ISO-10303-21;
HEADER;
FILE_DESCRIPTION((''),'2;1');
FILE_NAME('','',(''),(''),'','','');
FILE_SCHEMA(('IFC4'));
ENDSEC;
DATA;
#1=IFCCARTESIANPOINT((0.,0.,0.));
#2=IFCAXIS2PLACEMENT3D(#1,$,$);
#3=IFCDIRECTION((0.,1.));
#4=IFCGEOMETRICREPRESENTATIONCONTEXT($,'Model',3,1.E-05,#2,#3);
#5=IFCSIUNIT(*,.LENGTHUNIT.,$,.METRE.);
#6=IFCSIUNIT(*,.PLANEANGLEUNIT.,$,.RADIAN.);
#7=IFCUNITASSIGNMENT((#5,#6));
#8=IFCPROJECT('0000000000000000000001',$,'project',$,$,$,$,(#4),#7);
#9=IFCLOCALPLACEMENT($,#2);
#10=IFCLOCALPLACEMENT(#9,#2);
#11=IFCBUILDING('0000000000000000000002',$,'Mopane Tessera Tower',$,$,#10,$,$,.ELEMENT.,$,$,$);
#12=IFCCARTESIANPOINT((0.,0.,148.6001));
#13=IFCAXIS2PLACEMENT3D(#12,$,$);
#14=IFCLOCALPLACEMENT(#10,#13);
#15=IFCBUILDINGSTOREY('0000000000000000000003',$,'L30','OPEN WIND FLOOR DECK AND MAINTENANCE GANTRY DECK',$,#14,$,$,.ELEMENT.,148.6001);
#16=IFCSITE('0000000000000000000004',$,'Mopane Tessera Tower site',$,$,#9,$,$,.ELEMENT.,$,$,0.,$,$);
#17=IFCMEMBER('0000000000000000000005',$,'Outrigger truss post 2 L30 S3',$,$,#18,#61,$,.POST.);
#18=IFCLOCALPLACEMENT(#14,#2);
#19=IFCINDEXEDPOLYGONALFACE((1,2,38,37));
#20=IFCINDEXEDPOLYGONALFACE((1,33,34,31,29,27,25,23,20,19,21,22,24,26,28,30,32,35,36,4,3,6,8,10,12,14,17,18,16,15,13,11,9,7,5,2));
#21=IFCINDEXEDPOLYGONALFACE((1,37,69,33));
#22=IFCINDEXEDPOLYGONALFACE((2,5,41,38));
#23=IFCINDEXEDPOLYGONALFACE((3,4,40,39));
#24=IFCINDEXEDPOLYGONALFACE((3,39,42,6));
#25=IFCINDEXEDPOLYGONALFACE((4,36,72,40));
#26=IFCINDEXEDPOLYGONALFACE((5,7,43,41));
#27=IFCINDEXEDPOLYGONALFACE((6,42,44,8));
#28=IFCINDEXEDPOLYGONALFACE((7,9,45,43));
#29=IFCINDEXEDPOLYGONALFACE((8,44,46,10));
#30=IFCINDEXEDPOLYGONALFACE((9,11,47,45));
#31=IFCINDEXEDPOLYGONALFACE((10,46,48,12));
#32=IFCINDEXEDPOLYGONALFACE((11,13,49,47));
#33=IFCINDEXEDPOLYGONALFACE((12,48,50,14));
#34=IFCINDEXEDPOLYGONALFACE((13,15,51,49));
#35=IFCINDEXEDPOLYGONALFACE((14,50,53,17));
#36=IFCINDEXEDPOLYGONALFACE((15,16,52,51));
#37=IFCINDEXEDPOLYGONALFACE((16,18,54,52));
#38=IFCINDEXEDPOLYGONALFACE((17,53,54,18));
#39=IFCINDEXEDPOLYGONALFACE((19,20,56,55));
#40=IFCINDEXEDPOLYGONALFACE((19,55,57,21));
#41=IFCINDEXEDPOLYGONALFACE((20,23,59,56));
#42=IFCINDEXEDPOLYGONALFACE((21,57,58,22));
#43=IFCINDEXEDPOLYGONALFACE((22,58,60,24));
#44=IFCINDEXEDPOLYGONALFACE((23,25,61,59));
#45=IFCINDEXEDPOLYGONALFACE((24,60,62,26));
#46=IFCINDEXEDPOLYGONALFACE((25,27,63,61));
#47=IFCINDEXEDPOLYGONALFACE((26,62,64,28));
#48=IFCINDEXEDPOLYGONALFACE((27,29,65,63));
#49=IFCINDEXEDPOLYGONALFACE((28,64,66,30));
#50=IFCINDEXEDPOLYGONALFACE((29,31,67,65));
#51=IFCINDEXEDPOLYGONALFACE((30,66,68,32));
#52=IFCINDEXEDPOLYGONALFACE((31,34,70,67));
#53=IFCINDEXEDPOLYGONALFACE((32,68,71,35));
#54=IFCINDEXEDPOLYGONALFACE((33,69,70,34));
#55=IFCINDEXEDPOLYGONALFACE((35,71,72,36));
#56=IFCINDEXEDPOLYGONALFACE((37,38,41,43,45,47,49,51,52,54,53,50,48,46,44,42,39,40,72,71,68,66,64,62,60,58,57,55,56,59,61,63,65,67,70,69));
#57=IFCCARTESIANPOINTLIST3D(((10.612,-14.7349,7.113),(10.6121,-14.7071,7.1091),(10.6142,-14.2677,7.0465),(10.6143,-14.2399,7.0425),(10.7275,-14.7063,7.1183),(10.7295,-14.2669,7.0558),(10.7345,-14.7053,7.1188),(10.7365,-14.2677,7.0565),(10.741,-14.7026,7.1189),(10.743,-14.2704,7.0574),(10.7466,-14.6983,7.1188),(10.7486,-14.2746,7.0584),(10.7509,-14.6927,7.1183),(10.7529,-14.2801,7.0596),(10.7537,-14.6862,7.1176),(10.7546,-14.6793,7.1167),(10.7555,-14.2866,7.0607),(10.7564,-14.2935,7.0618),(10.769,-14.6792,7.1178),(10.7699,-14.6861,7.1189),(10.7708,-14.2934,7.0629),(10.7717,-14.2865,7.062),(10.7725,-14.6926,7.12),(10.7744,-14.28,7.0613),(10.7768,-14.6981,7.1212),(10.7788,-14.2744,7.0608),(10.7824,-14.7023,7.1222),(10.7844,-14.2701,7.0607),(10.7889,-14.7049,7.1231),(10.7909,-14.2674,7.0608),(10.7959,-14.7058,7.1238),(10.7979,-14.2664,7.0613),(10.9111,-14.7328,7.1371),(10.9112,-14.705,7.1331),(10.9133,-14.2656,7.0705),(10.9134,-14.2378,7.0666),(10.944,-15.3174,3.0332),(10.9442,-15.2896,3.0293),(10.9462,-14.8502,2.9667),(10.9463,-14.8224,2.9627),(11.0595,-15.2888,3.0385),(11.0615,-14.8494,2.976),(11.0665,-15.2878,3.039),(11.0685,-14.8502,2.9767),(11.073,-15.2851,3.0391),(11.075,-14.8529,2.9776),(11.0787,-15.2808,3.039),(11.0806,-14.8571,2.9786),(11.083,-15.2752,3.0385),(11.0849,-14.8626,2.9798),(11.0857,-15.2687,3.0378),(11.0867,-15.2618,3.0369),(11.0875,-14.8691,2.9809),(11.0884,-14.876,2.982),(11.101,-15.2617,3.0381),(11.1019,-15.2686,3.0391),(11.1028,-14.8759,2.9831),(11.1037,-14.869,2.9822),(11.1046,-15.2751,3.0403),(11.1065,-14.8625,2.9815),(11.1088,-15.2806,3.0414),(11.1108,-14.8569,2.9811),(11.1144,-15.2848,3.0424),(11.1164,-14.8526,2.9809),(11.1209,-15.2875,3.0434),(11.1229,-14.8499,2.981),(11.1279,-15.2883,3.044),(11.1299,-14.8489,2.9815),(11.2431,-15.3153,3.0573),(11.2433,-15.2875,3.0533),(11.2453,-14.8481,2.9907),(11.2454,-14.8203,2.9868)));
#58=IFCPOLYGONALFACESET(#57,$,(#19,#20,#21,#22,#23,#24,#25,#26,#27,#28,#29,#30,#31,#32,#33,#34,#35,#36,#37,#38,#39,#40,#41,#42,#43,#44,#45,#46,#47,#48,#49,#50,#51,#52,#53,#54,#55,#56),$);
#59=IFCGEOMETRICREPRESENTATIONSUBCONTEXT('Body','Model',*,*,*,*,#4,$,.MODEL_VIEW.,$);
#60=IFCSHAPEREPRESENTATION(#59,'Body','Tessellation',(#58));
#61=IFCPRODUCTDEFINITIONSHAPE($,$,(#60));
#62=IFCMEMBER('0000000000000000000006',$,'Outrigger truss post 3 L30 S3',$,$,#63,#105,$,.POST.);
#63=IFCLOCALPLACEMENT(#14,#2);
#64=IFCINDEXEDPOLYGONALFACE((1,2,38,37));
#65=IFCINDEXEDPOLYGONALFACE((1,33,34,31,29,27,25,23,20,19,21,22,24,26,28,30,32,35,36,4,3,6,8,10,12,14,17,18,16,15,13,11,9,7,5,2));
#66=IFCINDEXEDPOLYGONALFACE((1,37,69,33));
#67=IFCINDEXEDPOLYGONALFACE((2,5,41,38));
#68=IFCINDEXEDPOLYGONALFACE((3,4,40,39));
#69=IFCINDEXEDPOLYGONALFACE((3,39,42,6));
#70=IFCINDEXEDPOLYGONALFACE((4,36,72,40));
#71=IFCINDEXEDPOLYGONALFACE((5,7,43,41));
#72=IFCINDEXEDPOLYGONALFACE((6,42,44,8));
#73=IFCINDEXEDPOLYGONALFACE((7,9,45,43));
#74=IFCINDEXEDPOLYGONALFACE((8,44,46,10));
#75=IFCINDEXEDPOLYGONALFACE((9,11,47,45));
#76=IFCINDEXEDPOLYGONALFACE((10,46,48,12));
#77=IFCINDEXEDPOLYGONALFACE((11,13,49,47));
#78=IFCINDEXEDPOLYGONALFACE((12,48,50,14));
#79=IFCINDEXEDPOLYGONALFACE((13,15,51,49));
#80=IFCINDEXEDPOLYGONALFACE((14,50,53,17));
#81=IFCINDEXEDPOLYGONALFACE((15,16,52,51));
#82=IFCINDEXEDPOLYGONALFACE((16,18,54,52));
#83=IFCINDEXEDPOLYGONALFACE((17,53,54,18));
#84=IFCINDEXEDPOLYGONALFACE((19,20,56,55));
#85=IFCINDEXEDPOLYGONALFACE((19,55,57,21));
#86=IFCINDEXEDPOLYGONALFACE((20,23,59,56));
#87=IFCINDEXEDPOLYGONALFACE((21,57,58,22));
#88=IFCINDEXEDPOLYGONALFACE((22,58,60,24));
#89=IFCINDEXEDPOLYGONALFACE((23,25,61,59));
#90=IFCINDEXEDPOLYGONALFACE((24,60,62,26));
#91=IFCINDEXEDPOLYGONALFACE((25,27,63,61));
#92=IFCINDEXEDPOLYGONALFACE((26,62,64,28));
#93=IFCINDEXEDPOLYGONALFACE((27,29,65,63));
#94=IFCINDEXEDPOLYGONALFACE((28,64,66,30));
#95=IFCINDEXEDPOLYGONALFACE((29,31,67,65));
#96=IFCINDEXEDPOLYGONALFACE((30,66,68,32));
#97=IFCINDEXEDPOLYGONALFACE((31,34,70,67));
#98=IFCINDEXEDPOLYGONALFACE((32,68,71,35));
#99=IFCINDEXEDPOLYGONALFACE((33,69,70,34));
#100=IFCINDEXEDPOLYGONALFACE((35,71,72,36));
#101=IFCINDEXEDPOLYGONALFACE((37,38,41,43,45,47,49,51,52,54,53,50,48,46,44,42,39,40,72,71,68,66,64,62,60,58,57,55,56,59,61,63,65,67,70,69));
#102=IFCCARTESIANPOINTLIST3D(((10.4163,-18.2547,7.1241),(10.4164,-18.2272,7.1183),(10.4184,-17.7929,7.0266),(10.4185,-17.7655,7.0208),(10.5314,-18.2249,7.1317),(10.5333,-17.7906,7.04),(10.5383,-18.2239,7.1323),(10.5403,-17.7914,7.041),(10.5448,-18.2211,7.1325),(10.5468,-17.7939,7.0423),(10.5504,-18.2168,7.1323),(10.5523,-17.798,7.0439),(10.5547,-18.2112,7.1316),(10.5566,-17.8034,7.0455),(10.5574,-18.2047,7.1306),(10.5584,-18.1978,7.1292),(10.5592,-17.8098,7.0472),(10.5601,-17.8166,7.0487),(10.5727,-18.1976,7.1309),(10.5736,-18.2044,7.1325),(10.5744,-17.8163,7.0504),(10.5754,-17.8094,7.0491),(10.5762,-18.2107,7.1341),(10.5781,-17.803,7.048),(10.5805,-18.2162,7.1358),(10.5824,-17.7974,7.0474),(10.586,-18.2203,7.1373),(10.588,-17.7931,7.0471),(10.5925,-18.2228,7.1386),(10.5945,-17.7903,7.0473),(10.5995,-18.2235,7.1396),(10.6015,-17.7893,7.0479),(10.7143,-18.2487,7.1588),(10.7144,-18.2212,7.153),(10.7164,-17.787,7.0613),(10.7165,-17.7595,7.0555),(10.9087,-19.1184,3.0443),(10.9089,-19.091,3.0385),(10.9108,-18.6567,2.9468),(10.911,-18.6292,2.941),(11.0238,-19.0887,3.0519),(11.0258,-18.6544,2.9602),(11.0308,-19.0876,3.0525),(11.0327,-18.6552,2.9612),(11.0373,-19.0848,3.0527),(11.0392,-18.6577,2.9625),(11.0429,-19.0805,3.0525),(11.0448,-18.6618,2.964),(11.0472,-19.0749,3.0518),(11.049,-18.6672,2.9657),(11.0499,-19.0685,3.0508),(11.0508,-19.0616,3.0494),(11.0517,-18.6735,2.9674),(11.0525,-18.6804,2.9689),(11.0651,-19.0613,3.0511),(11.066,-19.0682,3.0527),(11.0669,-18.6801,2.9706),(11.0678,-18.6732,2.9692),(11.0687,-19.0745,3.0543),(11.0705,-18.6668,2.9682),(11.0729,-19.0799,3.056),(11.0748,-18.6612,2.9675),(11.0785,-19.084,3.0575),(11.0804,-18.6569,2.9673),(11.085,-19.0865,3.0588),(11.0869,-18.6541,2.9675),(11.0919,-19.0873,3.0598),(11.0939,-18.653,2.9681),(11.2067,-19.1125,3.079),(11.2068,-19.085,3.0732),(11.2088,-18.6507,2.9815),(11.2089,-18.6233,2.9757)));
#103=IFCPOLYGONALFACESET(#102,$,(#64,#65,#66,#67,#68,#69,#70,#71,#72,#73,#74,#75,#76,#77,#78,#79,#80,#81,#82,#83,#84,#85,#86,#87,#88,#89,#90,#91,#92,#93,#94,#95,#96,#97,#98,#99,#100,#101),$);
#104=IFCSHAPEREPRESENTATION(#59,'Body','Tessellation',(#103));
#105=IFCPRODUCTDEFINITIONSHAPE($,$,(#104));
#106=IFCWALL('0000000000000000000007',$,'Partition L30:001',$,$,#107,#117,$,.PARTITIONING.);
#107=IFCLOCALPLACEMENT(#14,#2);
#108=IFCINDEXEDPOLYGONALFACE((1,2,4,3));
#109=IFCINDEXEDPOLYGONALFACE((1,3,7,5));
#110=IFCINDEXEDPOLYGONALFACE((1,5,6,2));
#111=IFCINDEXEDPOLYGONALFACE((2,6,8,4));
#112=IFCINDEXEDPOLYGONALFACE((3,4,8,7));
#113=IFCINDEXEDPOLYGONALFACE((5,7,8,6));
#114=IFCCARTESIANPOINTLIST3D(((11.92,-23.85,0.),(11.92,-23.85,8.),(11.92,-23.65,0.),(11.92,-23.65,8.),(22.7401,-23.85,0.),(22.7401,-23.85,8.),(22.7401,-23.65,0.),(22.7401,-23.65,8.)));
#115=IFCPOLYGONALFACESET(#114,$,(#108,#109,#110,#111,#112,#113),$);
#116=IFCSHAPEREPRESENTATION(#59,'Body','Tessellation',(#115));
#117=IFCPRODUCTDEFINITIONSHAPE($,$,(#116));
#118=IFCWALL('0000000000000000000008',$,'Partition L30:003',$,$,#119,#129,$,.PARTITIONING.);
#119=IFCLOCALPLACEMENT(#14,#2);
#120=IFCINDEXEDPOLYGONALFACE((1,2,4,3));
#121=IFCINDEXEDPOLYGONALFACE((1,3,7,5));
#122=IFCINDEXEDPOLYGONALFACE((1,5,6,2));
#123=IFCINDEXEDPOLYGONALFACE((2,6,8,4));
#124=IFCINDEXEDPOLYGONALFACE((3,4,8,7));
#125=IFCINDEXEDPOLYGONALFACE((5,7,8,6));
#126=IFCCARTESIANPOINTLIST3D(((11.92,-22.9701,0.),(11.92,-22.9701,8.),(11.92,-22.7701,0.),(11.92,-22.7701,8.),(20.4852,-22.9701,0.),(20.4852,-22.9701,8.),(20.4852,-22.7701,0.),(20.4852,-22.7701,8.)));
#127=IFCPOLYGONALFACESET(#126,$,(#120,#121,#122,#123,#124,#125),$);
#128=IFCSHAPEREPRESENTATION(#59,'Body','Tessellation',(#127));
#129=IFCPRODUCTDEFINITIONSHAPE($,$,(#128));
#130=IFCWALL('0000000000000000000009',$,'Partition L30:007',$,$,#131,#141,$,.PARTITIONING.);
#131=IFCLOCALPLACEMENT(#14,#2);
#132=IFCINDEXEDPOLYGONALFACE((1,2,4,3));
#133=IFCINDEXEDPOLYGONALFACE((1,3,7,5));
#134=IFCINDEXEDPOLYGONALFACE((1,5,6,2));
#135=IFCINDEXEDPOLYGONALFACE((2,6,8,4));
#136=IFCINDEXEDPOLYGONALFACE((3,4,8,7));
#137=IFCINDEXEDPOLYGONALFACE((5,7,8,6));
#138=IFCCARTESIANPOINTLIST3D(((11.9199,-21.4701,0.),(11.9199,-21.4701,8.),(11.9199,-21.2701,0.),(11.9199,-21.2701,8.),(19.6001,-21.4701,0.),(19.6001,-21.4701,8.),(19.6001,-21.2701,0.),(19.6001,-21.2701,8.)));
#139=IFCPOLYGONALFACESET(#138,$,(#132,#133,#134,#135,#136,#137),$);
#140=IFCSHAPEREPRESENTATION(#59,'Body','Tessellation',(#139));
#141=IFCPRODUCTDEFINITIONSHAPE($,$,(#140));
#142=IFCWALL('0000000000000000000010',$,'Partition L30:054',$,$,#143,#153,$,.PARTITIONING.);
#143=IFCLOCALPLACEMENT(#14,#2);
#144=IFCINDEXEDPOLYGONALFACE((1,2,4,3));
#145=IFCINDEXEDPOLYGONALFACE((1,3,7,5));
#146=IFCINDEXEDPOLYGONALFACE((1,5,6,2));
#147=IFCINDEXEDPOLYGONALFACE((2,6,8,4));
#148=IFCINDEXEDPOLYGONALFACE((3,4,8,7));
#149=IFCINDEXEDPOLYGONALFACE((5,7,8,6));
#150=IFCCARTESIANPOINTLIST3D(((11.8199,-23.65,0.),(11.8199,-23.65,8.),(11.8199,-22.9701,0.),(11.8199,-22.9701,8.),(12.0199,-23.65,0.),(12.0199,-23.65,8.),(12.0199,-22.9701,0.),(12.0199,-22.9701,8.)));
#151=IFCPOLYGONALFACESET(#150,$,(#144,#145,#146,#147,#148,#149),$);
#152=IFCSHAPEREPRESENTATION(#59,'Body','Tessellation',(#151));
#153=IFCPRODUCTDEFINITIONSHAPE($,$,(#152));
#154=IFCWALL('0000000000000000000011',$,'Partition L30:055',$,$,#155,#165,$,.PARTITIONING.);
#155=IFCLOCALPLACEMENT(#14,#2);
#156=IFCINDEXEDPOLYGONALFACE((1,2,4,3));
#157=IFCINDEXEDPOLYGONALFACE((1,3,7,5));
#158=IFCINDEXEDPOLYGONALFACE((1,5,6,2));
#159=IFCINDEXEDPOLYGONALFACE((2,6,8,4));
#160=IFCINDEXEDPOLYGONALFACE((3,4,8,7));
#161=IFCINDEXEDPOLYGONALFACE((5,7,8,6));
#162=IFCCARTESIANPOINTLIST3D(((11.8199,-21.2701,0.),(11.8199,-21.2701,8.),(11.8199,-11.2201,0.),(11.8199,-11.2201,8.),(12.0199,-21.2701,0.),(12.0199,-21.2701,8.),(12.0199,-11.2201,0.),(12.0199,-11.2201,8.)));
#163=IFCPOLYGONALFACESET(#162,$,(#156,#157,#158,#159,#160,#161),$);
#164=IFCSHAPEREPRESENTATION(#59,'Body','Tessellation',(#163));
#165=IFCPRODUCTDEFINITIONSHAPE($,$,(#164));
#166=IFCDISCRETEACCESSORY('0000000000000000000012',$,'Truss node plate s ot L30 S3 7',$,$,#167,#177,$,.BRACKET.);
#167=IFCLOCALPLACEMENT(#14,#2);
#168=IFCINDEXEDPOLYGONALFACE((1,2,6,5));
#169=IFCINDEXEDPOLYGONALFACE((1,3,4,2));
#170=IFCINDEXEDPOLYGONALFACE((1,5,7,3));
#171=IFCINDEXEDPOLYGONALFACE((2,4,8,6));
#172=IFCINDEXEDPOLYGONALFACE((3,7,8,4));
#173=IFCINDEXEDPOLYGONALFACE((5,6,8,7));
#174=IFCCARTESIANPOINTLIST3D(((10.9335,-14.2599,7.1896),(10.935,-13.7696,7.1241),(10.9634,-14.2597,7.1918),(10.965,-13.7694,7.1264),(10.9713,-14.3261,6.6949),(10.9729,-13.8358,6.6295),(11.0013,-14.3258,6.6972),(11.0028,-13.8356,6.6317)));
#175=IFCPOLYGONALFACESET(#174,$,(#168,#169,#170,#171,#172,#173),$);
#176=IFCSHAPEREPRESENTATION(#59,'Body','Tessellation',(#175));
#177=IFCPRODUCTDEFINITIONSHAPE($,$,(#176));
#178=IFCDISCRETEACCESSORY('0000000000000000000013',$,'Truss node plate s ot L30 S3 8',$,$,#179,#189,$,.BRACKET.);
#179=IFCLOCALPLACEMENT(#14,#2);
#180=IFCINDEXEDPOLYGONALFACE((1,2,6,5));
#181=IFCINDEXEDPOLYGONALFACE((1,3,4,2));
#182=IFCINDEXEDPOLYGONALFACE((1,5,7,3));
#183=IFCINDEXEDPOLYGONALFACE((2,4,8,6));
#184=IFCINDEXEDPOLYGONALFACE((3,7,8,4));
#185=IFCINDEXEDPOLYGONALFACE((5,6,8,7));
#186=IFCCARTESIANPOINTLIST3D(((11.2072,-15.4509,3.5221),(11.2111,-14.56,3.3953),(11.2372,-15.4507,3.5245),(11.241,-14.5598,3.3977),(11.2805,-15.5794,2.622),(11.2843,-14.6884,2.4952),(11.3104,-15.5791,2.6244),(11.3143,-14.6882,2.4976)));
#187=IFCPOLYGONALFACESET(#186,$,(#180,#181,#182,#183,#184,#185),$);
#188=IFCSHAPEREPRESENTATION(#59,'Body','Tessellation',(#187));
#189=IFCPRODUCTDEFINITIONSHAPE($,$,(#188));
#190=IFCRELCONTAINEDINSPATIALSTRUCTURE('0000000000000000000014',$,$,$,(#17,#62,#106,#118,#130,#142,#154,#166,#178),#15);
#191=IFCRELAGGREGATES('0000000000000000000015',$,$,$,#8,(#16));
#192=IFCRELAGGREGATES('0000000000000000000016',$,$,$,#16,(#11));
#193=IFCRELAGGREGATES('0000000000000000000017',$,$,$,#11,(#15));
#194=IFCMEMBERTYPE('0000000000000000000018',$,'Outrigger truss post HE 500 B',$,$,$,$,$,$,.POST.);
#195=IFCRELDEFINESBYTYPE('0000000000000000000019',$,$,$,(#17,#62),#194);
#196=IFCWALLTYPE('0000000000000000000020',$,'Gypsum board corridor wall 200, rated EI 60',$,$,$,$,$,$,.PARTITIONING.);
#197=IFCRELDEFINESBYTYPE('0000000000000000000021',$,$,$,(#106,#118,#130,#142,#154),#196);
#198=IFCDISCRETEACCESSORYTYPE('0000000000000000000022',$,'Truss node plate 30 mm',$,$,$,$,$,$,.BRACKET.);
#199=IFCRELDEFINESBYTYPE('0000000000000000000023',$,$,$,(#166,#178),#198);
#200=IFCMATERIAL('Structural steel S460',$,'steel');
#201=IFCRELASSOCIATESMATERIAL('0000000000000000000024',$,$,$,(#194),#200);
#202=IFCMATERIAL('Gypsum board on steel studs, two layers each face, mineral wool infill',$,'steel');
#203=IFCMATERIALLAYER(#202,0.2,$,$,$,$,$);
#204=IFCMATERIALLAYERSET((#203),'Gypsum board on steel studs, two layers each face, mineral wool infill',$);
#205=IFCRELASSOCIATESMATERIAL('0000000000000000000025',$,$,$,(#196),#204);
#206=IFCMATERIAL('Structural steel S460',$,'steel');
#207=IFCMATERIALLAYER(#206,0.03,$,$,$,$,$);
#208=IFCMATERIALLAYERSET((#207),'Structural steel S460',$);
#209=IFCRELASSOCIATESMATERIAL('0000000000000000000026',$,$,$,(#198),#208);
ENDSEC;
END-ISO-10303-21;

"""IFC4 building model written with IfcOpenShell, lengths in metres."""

from ifc_helpers import new_model, si_unit, direction, frame, frame_2d, origin, origin_2d, place, context, subcontext, project, spatial, rectangle, i_section, extrude, material, layer, layer_set, material_profile, profile_set, type_object, element, save


model = new_model("IFC4")

# Units and contexts
model_context = context("Model", 3, precision=1e-05, world=origin(), true_north=direction((0.0, 1.0)))
body_context = subcontext(model_context, "Body", "Model", "MODEL_VIEW")
ifc_project = project(units=[si_unit("LENGTHUNIT", "METRE"), si_unit("PLANEANGLEUNIT", "RADIAN")], contexts=[model_context])

# Site, building, storey
site_placement = place(None, origin())
site = spatial("IfcSite", under=ifc_project, at=site_placement, Name="Mopane Tessera Tower site", CompositionType="ELEMENT", RefElevation=0.0)
building_placement = place(site_placement, origin())
building = spatial("IfcBuilding", under=site, at=building_placement, Name="Mopane Tessera Tower", CompositionType="ELEMENT")
storey_placement = place(building_placement, frame((0.0, 0.0, 148.6001)))
storey = spatial("IfcBuildingStorey", under=building, at=storey_placement, Name="L30", Description="OPEN WIND FLOOR DECK AND MAINTENANCE GANTRY DECK", CompositionType="ELEMENT", Elevation=148.6001)

# Members
ifc_material_1 = material(Name="Structural steel S460", Category="steel")
ifc_material_profile_1 = material_profile(ifc_material_1, i_section(OverallWidth=0.3, OverallDepth=0.5, WebThickness=0.0144, FlangeThickness=0.0281, FilletRadius=0.0271, at=origin_2d()))
ifc_profile_set_1 = profile_set([ifc_material_profile_1], Name="Structural steel S460")
member_type_1 = type_object("IfcMemberType", Name="Outrigger truss post HE 500 B", PredefinedType="POST", material=ifc_profile_set_1)
member_1_placement = place(storey_placement, frame((11.0947, -15.0688, 3.01), z_axis=(-0.080306, 0.14089, 0.986763), x_axis=(0.99676, 0.006813, 0.080147)))
element("IfcMember", 1, at=member_1_placement, inside=storey, type_object=member_type_1, Name="Outrigger truss post 2 L30 S3", PredefinedType="POST", context=body_context, shape_type="SweptSolid", body=[
    extrude(i_section(OverallWidth=0.3, OverallDepth=0.5, WebThickness=0.0144, FlangeThickness=0.0281, FilletRadius=0.0271, at=origin_2d()), origin(), (0.0, 0.0, 1.0), 4.1345),
])
member_2_placement = place(storey_placement, frame((11.0588, -18.8708, 3.01), z_axis=(-0.117267, 0.205697, 0.971564), x_axis=(0.993091, 0.019919, 0.115648)))
element("IfcMember", 2, at=member_2_placement, inside=storey, type_object=member_type_1, Name="Outrigger truss post 3 L30 S3", PredefinedType="POST", context=body_context, shape_type="SweptSolid", body=[
    extrude(i_section(OverallWidth=0.3, OverallDepth=0.5, WebThickness=0.0144, FlangeThickness=0.0281, FilletRadius=0.0271, at=origin_2d()), origin(), (0.0, 0.0, 1.0), 4.1992),
])

# Walls
ifc_material_2 = material(Name="Gypsum board on steel studs, two layers each face, mineral wool infill", Category="steel")
ifc_layer_1 = layer(ifc_material_2, 0.2)
ifc_layer_set_1 = layer_set([ifc_layer_1], Name="Gypsum board on steel studs, two layers each face, mineral wool infill")
wall_type = type_object("IfcWallType", Name="Gypsum board corridor wall 200, rated EI 60", PredefinedType="PARTITIONING", material=ifc_layer_set_1)
wall_1_placement = place(storey_placement, frame((11.9199, -23.75, 0.0), z_axis=(0.0, 0.0, 1.0), x_axis=(1.0, 0.0, 0.0)))
element("IfcWall", 3, at=wall_1_placement, inside=storey, type_object=wall_type, Name="Partition L30:001", PredefinedType="PARTITIONING", context=body_context, shape_type="SweptSolid", body=[
    extrude(rectangle(XDim=10.8201, YDim=0.2, at=frame_2d((5.4102, 0.0))), origin(), (0.0, 0.0, 1.0), 8.0),
])
wall_2_placement = place(storey_placement, frame((11.9199, -22.8701, 0.0), z_axis=(0.0, 0.0, 1.0), x_axis=(1.0, 0.0, 0.0)))
element("IfcWall", 4, at=wall_2_placement, inside=storey, type_object=wall_type, Name="Partition L30:003", PredefinedType="PARTITIONING", context=body_context, shape_type="SweptSolid", body=[
    extrude(rectangle(XDim=8.5652, YDim=0.2, at=frame_2d((4.2827, 0.0))), origin(), (0.0, 0.0, 1.0), 8.0),
])
wall_3_placement = place(storey_placement, frame((11.9199, -21.3701, 0.0), z_axis=(0.0, 0.0, 1.0), x_axis=(1.0, 0.0, 0.0)))
element("IfcWall", 5, at=wall_3_placement, inside=storey, type_object=wall_type, Name="Partition L30:007", PredefinedType="PARTITIONING", context=body_context, shape_type="SweptSolid", body=[
    extrude(rectangle(XDim=7.6802, YDim=0.2, at=frame_2d((3.8401, 0.0))), origin(), (0.0, 0.0, 1.0), 8.0),
])
wall_4_placement = place(storey_placement, frame((11.9199, -23.6499, 0.0), z_axis=(0.0, 0.0, 1.0), x_axis=(0.0, 1.0, 0.0)))
element("IfcWall", 6, at=wall_4_placement, inside=storey, type_object=wall_type, Name="Partition L30:054", PredefinedType="PARTITIONING", context=body_context, shape_type="SweptSolid", body=[
    extrude(rectangle(XDim=0.6799, YDim=0.2, at=frame_2d((0.3398, 0.0))), origin(), (0.0, 0.0, 1.0), 8.0),
])
wall_5_placement = place(storey_placement, frame((11.9199, -21.27, 0.0), z_axis=(0.0, 0.0, 1.0), x_axis=(0.0, 1.0, 0.0)))
element("IfcWall", 7, at=wall_5_placement, inside=storey, type_object=wall_type, Name="Partition L30:055", PredefinedType="PARTITIONING", context=body_context, shape_type="SweptSolid", body=[
    extrude(rectangle(XDim=10.05, YDim=0.2, at=frame_2d((5.0249, 0.0))), origin(), (0.0, 0.0, 1.0), 8.0),
])

# Discrete accessories
ifc_material_3 = material(Name="Structural steel S460", Category="steel")
ifc_layer_2 = layer(ifc_material_3, 0.03)
ifc_layer_set_2 = layer_set([ifc_layer_2], Name="Structural steel S460")
discrete_accessory_type = type_object("IfcDiscreteAccessoryType", Name="Truss node plate 30 mm", PredefinedType="BRACKET", material=ifc_layer_set_2)
discrete_accessory_1_placement = place(storey_placement, frame((10.9871, -14.0808, 6.6633), z_axis=(-0.075613, 0.132201, 0.988335), x_axis=(0.997132, 0.006924, 0.07536)))
element("IfcDiscreteAccessory", 8, at=discrete_accessory_1_placement, inside=storey, type_object=discrete_accessory_type, Name="Truss node plate s ot L30 S3 7", PredefinedType="BRACKET", context=body_context, shape_type="SweptSolid", body=[
    extrude(rectangle(XDim=0.03, YDim=0.4946, at=origin_2d()), origin(), (0.0, 0.0, 1.0), 0.5005),
])
discrete_accessory_2_placement = place(storey_placement, frame((11.2974, -15.1338, 2.5598), z_axis=(-0.080291, 0.140777, 0.98678), x_axis=(0.996762, 0.007069, 0.080095)))
element("IfcDiscreteAccessory", 9, at=discrete_accessory_2_placement, inside=storey, type_object=discrete_accessory_type, Name="Truss node plate s ot L30 S3 8", PredefinedType="BRACKET", context=body_context, shape_type="SweptSolid", body=[
    extrude(rectangle(XDim=0.03, YDim=0.8999, at=origin_2d()), origin(), (0.0, 0.0, 1.0), 0.9121),
])

save(model, "model.ifc")
